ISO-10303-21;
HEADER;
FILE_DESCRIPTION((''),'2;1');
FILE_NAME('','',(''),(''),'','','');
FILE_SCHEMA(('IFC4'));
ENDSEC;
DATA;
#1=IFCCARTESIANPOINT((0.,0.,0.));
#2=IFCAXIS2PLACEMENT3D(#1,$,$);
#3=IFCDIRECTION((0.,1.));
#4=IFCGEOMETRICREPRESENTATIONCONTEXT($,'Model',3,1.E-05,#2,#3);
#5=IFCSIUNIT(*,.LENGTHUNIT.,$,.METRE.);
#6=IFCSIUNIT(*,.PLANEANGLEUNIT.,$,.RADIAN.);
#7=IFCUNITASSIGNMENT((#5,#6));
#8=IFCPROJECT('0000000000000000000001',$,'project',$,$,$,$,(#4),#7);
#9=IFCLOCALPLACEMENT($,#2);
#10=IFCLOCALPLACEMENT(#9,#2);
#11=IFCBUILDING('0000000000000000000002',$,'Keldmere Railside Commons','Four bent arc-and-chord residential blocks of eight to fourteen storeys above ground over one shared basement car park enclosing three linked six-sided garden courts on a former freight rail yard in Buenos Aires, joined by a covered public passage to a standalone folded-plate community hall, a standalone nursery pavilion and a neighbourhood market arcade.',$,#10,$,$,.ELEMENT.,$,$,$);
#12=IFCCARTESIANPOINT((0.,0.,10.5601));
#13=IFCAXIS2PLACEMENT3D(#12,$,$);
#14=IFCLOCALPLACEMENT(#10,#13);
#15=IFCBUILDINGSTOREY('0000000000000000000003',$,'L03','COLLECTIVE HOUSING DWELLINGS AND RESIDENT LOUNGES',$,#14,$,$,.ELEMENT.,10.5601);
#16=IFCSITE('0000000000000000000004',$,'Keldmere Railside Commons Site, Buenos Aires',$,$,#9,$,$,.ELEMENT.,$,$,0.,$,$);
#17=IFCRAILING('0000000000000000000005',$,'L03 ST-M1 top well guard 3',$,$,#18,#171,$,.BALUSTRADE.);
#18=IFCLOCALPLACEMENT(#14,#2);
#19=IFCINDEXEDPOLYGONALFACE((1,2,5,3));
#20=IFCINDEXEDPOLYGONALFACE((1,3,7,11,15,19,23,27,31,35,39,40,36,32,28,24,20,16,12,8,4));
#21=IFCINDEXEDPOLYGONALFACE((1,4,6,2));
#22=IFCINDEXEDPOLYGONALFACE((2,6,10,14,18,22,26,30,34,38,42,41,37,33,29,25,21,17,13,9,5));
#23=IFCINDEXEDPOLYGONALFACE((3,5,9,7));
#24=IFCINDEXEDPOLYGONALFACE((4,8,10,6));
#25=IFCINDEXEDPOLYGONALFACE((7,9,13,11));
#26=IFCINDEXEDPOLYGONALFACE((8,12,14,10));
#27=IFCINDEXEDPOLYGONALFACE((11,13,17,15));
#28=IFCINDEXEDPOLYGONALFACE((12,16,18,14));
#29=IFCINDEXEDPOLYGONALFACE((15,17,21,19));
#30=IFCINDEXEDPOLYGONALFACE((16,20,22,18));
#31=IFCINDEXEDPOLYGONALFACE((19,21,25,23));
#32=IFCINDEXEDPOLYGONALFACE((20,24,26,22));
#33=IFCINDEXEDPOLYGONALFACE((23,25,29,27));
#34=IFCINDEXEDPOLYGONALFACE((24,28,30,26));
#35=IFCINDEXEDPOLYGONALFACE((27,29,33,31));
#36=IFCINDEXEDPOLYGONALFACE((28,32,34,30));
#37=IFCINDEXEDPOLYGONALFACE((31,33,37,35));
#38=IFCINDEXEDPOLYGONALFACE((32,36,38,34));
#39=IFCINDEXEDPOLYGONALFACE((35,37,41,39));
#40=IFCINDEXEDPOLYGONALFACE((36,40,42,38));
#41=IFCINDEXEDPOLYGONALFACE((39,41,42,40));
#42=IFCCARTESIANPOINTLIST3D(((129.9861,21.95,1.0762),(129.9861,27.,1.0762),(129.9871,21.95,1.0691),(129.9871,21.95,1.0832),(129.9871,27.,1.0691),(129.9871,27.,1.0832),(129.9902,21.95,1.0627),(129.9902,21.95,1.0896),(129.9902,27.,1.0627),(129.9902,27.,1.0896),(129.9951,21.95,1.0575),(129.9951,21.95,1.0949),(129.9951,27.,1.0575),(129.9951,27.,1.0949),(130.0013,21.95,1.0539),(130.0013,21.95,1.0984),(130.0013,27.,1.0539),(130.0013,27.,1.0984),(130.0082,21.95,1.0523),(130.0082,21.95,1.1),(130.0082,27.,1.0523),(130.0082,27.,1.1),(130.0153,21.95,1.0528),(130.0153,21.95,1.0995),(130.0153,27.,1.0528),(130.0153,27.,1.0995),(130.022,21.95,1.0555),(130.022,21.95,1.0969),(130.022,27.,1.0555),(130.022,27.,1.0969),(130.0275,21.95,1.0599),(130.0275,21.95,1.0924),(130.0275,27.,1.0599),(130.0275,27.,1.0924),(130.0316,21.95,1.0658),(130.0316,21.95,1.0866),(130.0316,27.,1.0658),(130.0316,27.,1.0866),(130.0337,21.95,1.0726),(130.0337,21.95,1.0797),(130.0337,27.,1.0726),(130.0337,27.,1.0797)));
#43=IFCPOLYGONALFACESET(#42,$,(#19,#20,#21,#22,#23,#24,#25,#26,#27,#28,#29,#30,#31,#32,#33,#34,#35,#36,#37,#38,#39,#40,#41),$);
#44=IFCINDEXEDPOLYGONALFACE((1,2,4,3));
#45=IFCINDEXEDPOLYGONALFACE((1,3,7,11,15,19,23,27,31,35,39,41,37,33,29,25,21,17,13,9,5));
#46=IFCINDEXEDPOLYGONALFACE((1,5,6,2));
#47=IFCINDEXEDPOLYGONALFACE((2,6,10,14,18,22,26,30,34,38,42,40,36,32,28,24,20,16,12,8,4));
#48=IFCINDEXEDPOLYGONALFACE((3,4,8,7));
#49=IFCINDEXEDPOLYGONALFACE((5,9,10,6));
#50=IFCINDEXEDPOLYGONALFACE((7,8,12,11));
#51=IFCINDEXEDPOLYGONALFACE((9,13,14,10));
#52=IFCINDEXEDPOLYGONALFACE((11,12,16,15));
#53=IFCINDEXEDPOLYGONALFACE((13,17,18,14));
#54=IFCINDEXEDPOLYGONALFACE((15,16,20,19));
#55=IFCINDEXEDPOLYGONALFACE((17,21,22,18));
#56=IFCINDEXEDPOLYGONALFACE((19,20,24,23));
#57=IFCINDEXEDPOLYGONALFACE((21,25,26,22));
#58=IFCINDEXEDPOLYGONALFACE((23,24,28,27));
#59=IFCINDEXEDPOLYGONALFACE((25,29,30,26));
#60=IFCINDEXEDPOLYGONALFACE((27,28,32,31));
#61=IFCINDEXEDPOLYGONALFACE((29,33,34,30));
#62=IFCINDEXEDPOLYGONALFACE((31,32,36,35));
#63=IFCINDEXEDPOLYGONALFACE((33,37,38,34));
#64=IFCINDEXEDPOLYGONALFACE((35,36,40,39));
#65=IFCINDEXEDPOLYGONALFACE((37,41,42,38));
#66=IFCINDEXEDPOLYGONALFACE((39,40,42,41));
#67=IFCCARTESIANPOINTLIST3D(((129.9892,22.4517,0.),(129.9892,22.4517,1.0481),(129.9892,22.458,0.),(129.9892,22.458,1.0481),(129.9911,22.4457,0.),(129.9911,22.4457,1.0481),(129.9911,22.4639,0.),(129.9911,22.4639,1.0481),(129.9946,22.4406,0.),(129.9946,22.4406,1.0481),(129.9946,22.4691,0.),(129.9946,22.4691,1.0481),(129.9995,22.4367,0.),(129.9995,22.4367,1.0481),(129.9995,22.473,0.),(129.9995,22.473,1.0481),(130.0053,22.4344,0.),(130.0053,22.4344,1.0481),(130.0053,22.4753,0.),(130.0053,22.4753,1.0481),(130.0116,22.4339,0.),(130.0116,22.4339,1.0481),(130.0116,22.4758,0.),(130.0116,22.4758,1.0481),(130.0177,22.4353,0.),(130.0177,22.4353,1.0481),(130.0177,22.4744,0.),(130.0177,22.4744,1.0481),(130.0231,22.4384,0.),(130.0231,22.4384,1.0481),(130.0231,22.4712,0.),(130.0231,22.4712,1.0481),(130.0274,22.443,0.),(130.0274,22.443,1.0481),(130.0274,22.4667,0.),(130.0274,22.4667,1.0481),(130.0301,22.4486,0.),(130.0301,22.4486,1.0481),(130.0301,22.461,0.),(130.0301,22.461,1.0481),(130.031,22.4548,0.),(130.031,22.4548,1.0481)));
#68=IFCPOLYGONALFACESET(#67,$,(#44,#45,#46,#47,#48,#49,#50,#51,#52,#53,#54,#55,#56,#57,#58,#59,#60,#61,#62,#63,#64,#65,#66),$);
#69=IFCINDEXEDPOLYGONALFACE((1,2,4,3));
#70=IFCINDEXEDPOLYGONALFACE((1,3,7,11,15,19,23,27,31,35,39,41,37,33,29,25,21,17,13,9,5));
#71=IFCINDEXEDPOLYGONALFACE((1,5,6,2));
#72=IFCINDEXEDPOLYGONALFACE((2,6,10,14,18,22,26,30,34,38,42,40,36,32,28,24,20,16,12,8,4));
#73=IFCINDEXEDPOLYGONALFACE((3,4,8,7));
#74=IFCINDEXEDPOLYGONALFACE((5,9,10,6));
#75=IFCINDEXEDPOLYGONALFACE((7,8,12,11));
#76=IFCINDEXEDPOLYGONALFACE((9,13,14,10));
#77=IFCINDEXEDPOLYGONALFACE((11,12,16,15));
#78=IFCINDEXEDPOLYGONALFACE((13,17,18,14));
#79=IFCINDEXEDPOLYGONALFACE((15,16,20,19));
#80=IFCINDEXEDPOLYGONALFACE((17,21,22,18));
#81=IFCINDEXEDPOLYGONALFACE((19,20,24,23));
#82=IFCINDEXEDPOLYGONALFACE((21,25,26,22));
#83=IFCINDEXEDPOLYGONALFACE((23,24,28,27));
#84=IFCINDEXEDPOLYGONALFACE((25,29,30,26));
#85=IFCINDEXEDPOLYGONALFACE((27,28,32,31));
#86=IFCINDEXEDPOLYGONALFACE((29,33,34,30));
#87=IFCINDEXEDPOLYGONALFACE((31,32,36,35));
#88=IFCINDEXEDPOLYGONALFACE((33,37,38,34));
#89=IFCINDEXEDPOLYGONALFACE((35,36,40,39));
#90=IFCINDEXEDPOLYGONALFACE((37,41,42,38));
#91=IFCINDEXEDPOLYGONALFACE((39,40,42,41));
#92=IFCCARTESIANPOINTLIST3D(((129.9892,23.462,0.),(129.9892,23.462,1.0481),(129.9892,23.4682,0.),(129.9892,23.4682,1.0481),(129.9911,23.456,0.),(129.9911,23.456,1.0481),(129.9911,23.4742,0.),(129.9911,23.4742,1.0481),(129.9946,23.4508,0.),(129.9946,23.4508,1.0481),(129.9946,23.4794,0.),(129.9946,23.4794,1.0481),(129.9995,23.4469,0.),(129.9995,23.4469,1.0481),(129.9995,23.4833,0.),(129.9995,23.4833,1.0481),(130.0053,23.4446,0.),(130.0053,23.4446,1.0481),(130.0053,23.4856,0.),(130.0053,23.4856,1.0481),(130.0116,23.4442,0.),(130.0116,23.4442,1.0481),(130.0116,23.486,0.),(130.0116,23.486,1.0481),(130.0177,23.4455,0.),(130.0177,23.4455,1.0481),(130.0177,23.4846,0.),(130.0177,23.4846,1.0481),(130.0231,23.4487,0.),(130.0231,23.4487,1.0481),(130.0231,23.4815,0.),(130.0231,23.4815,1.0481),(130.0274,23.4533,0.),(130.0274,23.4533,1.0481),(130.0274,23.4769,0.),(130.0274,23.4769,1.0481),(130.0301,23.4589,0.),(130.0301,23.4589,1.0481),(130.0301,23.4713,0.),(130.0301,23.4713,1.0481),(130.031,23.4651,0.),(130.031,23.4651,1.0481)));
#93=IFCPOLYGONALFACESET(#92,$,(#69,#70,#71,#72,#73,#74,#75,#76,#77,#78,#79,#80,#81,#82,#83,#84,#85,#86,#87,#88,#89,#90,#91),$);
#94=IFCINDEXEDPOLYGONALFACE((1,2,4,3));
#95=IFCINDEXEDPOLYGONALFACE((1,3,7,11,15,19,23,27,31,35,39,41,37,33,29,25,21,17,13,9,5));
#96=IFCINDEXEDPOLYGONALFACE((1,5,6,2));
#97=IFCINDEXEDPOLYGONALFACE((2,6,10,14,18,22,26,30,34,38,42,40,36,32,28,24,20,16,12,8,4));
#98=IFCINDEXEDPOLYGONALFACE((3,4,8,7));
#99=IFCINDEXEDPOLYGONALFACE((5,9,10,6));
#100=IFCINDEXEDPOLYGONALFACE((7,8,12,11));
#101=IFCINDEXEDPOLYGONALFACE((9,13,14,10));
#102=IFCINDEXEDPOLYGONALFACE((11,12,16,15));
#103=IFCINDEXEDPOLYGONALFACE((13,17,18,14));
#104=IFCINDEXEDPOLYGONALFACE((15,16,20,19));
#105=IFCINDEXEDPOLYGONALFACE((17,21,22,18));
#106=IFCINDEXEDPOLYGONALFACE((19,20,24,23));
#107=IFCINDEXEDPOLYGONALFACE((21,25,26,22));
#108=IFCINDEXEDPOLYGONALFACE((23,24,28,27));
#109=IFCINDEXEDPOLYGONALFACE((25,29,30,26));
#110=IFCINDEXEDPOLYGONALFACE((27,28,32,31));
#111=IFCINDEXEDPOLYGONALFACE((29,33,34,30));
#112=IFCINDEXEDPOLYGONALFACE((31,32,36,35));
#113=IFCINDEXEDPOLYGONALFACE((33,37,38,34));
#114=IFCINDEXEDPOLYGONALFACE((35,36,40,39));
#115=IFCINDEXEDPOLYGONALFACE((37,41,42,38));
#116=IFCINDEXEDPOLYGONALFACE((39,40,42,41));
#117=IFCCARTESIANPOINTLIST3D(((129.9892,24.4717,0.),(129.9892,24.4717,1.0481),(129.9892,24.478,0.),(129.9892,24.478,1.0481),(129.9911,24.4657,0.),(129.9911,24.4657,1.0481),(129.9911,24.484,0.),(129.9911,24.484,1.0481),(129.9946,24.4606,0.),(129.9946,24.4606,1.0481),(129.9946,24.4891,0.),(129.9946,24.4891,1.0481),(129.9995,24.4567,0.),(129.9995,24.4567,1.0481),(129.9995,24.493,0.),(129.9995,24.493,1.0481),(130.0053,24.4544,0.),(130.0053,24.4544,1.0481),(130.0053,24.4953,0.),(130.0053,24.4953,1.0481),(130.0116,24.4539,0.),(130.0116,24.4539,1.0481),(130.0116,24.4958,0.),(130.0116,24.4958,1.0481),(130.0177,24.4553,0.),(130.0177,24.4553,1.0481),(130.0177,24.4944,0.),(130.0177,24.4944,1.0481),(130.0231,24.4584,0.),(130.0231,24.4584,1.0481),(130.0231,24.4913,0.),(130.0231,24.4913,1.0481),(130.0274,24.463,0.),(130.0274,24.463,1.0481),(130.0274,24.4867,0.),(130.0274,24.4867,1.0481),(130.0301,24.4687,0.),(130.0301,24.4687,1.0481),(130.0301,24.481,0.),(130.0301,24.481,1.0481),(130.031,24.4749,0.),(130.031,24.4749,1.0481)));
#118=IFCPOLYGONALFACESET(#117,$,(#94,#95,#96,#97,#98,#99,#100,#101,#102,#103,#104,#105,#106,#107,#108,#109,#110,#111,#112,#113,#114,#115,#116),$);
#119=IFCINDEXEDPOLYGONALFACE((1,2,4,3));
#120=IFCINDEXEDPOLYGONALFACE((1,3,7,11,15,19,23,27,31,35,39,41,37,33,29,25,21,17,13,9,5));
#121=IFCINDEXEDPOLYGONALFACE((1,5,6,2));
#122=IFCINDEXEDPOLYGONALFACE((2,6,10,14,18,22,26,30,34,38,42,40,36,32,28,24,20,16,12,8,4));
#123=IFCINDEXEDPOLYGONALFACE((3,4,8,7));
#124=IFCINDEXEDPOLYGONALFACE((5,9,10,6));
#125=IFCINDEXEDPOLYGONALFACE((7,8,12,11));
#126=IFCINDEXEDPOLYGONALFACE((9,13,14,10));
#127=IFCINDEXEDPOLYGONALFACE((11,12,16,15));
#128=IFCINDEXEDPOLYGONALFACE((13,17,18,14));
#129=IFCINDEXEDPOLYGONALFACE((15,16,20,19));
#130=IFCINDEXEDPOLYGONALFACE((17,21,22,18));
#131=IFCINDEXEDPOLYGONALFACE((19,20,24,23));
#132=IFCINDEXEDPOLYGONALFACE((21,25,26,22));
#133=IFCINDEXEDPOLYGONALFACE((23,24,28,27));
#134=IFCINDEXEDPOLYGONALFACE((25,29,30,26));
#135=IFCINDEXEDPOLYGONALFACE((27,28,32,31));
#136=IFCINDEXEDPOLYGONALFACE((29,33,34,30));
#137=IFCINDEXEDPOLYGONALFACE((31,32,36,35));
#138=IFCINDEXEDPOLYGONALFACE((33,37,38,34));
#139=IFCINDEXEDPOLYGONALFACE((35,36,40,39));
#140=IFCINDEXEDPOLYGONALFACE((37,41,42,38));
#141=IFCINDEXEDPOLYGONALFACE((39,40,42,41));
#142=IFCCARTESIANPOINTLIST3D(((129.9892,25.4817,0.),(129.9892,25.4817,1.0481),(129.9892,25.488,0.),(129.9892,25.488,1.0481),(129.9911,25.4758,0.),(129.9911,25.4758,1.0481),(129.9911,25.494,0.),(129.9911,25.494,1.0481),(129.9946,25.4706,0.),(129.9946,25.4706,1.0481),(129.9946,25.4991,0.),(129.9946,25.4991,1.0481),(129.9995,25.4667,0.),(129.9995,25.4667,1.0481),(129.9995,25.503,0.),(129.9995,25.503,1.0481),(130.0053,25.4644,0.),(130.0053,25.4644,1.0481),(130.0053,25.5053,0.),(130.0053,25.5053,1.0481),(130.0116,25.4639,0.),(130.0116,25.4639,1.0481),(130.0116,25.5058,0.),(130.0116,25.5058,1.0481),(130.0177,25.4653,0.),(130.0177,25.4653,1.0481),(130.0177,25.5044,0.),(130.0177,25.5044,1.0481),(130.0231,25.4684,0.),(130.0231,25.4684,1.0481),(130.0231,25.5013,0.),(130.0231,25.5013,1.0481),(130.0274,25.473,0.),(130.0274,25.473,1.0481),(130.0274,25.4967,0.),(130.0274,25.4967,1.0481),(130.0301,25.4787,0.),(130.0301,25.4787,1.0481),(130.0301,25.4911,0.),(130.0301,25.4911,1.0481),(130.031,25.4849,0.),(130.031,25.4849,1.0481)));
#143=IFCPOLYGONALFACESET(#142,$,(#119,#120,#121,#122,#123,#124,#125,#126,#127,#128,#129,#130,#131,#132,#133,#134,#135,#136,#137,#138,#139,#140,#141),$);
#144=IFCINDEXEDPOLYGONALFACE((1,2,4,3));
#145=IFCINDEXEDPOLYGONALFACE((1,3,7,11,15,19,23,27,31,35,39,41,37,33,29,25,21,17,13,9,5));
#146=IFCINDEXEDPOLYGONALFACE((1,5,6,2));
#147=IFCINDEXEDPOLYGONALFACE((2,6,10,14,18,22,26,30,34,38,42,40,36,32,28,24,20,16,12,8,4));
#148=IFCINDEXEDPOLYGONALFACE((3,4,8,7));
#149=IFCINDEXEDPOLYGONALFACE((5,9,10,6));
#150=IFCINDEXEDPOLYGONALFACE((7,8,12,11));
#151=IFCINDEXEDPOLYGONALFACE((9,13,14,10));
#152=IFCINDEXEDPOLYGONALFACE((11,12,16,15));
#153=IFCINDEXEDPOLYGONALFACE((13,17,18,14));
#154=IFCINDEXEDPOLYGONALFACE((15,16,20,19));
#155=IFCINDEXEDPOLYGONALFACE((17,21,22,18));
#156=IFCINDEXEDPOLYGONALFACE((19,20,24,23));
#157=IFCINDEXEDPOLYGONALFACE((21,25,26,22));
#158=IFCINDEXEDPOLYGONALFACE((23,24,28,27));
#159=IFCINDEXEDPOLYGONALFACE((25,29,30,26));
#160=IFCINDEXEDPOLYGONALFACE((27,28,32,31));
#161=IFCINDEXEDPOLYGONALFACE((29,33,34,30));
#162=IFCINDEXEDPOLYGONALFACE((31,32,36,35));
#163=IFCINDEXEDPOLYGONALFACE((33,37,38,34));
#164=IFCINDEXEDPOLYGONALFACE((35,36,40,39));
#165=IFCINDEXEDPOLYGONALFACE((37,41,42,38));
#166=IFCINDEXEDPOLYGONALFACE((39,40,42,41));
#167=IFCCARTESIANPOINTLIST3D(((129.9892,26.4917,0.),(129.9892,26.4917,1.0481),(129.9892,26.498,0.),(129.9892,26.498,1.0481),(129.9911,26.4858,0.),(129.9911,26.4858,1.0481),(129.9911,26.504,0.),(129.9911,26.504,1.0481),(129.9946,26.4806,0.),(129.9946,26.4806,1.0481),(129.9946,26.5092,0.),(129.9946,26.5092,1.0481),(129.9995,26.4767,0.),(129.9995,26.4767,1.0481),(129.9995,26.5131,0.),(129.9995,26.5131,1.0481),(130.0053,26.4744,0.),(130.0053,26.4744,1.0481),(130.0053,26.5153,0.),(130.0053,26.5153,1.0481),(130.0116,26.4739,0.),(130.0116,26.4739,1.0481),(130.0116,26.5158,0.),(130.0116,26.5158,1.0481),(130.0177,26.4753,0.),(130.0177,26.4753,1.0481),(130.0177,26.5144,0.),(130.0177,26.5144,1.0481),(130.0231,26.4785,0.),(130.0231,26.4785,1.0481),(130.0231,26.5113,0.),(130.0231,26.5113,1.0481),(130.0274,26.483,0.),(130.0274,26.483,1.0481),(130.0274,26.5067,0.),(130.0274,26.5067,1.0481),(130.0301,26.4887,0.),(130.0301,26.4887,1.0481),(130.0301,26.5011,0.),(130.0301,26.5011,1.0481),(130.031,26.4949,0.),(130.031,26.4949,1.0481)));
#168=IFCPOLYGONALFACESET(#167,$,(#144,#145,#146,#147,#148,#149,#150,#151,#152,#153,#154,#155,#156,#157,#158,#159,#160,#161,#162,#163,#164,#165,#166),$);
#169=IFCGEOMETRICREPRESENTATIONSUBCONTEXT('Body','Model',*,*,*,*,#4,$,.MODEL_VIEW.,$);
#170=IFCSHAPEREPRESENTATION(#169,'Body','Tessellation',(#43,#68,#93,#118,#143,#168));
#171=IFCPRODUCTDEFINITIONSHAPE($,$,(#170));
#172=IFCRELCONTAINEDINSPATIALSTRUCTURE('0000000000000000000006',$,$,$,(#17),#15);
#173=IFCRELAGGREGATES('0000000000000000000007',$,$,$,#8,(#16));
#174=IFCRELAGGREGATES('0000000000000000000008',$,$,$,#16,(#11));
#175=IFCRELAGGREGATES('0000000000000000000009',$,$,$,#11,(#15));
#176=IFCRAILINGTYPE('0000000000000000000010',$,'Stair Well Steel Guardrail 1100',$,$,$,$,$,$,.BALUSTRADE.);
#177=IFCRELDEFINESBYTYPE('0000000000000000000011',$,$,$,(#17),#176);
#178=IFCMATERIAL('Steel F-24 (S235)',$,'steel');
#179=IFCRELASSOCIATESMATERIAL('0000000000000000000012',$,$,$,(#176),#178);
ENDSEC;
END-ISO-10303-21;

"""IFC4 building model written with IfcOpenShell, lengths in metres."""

from ifc_helpers import new_model, si_unit, direction, frame, origin, origin_2d, place, context, subcontext, project, spatial, circle, extrude, material, type_object, element, save


model = new_model("IFC4")

# Units and contexts
model_context = context("Model", 3, precision=1e-05, world=origin(), true_north=direction((0.0, 1.0)))
body_context = subcontext(model_context, "Body", "Model", "MODEL_VIEW")
ifc_project = project(units=[si_unit("LENGTHUNIT", "METRE"), si_unit("PLANEANGLEUNIT", "RADIAN")], contexts=[model_context])

# Site, building, storey
site_placement = place(None, origin())
site = spatial("IfcSite", under=ifc_project, at=site_placement, Name="Keldmere Railside Commons Site, Buenos Aires", CompositionType="ELEMENT", RefElevation=0.0)
building_placement = place(site_placement, origin())
building = spatial("IfcBuilding", under=site, at=building_placement, Name="Keldmere Railside Commons", Description="Four bent arc-and-chord residential blocks of eight to fourteen storeys above ground over one shared basement car park enclosing three linked six-sided garden courts on a former freight rail yard in Buenos Aires, joined by a covered public passage to a standalone folded-plate community hall, a standalone nursery pavilion and a neighbourhood market arcade.", CompositionType="ELEMENT")
storey_placement = place(building_placement, frame((0.0, 0.0, 10.5601)))
storey = spatial("IfcBuildingStorey", under=building, at=storey_placement, Name="L03", Description="COLLECTIVE HOUSING DWELLINGS AND RESIDENT LOUNGES", CompositionType="ELEMENT", Elevation=10.5601)

# Railing
ifc_material_1 = material(Name="Steel F-24 (S235)", Category="steel")
railing_type_1 = type_object("IfcRailingType", Name="Stair Well Steel Guardrail 1100", PredefinedType="BALUSTRADE", material=ifc_material_1)
for number, where, name in (
    (1, (130.01, 21.95, 0.0), "L03 ST-M1 top well guard 3"),
):
    element("IfcRailing", number, at=place(storey_placement, frame(where)), inside=storey, type_object=railing_type_1, Name=name, PredefinedType="BALUSTRADE", context=body_context, shape_type="SweptSolid", body=[
        extrude(circle(Radius=0.0239, at=origin_2d()), frame((0.0, 0.0, 1.0762), z_axis=(0.0, 1.0, 0.0), x_axis=(-1.0, 0.0, 0.0)), (0.0, 0.0, 1.0), 5.05),
        extrude(circle(Radius=0.021, at=origin_2d()), frame((0.0, 0.5049, 0.0)), (0.0, 0.0, 1.0), 1.0481),
        extrude(circle(Radius=0.021, at=origin_2d()), frame((0.0, 1.5151, 0.0)), (0.0, 0.0, 1.0), 1.0481),
        extrude(circle(Radius=0.021, at=origin_2d()), frame((0.0, 2.5249, 0.0)), (0.0, 0.0, 1.0), 1.0481),
        extrude(circle(Radius=0.021, at=origin_2d()), frame((0.0, 3.5349, 0.0)), (0.0, 0.0, 1.0), 1.0481),
        extrude(circle(Radius=0.021, at=origin_2d()), frame((0.0, 4.5449, 0.0)), (0.0, 0.0, 1.0), 1.0481),
    ])

save(model, "model.ifc")
